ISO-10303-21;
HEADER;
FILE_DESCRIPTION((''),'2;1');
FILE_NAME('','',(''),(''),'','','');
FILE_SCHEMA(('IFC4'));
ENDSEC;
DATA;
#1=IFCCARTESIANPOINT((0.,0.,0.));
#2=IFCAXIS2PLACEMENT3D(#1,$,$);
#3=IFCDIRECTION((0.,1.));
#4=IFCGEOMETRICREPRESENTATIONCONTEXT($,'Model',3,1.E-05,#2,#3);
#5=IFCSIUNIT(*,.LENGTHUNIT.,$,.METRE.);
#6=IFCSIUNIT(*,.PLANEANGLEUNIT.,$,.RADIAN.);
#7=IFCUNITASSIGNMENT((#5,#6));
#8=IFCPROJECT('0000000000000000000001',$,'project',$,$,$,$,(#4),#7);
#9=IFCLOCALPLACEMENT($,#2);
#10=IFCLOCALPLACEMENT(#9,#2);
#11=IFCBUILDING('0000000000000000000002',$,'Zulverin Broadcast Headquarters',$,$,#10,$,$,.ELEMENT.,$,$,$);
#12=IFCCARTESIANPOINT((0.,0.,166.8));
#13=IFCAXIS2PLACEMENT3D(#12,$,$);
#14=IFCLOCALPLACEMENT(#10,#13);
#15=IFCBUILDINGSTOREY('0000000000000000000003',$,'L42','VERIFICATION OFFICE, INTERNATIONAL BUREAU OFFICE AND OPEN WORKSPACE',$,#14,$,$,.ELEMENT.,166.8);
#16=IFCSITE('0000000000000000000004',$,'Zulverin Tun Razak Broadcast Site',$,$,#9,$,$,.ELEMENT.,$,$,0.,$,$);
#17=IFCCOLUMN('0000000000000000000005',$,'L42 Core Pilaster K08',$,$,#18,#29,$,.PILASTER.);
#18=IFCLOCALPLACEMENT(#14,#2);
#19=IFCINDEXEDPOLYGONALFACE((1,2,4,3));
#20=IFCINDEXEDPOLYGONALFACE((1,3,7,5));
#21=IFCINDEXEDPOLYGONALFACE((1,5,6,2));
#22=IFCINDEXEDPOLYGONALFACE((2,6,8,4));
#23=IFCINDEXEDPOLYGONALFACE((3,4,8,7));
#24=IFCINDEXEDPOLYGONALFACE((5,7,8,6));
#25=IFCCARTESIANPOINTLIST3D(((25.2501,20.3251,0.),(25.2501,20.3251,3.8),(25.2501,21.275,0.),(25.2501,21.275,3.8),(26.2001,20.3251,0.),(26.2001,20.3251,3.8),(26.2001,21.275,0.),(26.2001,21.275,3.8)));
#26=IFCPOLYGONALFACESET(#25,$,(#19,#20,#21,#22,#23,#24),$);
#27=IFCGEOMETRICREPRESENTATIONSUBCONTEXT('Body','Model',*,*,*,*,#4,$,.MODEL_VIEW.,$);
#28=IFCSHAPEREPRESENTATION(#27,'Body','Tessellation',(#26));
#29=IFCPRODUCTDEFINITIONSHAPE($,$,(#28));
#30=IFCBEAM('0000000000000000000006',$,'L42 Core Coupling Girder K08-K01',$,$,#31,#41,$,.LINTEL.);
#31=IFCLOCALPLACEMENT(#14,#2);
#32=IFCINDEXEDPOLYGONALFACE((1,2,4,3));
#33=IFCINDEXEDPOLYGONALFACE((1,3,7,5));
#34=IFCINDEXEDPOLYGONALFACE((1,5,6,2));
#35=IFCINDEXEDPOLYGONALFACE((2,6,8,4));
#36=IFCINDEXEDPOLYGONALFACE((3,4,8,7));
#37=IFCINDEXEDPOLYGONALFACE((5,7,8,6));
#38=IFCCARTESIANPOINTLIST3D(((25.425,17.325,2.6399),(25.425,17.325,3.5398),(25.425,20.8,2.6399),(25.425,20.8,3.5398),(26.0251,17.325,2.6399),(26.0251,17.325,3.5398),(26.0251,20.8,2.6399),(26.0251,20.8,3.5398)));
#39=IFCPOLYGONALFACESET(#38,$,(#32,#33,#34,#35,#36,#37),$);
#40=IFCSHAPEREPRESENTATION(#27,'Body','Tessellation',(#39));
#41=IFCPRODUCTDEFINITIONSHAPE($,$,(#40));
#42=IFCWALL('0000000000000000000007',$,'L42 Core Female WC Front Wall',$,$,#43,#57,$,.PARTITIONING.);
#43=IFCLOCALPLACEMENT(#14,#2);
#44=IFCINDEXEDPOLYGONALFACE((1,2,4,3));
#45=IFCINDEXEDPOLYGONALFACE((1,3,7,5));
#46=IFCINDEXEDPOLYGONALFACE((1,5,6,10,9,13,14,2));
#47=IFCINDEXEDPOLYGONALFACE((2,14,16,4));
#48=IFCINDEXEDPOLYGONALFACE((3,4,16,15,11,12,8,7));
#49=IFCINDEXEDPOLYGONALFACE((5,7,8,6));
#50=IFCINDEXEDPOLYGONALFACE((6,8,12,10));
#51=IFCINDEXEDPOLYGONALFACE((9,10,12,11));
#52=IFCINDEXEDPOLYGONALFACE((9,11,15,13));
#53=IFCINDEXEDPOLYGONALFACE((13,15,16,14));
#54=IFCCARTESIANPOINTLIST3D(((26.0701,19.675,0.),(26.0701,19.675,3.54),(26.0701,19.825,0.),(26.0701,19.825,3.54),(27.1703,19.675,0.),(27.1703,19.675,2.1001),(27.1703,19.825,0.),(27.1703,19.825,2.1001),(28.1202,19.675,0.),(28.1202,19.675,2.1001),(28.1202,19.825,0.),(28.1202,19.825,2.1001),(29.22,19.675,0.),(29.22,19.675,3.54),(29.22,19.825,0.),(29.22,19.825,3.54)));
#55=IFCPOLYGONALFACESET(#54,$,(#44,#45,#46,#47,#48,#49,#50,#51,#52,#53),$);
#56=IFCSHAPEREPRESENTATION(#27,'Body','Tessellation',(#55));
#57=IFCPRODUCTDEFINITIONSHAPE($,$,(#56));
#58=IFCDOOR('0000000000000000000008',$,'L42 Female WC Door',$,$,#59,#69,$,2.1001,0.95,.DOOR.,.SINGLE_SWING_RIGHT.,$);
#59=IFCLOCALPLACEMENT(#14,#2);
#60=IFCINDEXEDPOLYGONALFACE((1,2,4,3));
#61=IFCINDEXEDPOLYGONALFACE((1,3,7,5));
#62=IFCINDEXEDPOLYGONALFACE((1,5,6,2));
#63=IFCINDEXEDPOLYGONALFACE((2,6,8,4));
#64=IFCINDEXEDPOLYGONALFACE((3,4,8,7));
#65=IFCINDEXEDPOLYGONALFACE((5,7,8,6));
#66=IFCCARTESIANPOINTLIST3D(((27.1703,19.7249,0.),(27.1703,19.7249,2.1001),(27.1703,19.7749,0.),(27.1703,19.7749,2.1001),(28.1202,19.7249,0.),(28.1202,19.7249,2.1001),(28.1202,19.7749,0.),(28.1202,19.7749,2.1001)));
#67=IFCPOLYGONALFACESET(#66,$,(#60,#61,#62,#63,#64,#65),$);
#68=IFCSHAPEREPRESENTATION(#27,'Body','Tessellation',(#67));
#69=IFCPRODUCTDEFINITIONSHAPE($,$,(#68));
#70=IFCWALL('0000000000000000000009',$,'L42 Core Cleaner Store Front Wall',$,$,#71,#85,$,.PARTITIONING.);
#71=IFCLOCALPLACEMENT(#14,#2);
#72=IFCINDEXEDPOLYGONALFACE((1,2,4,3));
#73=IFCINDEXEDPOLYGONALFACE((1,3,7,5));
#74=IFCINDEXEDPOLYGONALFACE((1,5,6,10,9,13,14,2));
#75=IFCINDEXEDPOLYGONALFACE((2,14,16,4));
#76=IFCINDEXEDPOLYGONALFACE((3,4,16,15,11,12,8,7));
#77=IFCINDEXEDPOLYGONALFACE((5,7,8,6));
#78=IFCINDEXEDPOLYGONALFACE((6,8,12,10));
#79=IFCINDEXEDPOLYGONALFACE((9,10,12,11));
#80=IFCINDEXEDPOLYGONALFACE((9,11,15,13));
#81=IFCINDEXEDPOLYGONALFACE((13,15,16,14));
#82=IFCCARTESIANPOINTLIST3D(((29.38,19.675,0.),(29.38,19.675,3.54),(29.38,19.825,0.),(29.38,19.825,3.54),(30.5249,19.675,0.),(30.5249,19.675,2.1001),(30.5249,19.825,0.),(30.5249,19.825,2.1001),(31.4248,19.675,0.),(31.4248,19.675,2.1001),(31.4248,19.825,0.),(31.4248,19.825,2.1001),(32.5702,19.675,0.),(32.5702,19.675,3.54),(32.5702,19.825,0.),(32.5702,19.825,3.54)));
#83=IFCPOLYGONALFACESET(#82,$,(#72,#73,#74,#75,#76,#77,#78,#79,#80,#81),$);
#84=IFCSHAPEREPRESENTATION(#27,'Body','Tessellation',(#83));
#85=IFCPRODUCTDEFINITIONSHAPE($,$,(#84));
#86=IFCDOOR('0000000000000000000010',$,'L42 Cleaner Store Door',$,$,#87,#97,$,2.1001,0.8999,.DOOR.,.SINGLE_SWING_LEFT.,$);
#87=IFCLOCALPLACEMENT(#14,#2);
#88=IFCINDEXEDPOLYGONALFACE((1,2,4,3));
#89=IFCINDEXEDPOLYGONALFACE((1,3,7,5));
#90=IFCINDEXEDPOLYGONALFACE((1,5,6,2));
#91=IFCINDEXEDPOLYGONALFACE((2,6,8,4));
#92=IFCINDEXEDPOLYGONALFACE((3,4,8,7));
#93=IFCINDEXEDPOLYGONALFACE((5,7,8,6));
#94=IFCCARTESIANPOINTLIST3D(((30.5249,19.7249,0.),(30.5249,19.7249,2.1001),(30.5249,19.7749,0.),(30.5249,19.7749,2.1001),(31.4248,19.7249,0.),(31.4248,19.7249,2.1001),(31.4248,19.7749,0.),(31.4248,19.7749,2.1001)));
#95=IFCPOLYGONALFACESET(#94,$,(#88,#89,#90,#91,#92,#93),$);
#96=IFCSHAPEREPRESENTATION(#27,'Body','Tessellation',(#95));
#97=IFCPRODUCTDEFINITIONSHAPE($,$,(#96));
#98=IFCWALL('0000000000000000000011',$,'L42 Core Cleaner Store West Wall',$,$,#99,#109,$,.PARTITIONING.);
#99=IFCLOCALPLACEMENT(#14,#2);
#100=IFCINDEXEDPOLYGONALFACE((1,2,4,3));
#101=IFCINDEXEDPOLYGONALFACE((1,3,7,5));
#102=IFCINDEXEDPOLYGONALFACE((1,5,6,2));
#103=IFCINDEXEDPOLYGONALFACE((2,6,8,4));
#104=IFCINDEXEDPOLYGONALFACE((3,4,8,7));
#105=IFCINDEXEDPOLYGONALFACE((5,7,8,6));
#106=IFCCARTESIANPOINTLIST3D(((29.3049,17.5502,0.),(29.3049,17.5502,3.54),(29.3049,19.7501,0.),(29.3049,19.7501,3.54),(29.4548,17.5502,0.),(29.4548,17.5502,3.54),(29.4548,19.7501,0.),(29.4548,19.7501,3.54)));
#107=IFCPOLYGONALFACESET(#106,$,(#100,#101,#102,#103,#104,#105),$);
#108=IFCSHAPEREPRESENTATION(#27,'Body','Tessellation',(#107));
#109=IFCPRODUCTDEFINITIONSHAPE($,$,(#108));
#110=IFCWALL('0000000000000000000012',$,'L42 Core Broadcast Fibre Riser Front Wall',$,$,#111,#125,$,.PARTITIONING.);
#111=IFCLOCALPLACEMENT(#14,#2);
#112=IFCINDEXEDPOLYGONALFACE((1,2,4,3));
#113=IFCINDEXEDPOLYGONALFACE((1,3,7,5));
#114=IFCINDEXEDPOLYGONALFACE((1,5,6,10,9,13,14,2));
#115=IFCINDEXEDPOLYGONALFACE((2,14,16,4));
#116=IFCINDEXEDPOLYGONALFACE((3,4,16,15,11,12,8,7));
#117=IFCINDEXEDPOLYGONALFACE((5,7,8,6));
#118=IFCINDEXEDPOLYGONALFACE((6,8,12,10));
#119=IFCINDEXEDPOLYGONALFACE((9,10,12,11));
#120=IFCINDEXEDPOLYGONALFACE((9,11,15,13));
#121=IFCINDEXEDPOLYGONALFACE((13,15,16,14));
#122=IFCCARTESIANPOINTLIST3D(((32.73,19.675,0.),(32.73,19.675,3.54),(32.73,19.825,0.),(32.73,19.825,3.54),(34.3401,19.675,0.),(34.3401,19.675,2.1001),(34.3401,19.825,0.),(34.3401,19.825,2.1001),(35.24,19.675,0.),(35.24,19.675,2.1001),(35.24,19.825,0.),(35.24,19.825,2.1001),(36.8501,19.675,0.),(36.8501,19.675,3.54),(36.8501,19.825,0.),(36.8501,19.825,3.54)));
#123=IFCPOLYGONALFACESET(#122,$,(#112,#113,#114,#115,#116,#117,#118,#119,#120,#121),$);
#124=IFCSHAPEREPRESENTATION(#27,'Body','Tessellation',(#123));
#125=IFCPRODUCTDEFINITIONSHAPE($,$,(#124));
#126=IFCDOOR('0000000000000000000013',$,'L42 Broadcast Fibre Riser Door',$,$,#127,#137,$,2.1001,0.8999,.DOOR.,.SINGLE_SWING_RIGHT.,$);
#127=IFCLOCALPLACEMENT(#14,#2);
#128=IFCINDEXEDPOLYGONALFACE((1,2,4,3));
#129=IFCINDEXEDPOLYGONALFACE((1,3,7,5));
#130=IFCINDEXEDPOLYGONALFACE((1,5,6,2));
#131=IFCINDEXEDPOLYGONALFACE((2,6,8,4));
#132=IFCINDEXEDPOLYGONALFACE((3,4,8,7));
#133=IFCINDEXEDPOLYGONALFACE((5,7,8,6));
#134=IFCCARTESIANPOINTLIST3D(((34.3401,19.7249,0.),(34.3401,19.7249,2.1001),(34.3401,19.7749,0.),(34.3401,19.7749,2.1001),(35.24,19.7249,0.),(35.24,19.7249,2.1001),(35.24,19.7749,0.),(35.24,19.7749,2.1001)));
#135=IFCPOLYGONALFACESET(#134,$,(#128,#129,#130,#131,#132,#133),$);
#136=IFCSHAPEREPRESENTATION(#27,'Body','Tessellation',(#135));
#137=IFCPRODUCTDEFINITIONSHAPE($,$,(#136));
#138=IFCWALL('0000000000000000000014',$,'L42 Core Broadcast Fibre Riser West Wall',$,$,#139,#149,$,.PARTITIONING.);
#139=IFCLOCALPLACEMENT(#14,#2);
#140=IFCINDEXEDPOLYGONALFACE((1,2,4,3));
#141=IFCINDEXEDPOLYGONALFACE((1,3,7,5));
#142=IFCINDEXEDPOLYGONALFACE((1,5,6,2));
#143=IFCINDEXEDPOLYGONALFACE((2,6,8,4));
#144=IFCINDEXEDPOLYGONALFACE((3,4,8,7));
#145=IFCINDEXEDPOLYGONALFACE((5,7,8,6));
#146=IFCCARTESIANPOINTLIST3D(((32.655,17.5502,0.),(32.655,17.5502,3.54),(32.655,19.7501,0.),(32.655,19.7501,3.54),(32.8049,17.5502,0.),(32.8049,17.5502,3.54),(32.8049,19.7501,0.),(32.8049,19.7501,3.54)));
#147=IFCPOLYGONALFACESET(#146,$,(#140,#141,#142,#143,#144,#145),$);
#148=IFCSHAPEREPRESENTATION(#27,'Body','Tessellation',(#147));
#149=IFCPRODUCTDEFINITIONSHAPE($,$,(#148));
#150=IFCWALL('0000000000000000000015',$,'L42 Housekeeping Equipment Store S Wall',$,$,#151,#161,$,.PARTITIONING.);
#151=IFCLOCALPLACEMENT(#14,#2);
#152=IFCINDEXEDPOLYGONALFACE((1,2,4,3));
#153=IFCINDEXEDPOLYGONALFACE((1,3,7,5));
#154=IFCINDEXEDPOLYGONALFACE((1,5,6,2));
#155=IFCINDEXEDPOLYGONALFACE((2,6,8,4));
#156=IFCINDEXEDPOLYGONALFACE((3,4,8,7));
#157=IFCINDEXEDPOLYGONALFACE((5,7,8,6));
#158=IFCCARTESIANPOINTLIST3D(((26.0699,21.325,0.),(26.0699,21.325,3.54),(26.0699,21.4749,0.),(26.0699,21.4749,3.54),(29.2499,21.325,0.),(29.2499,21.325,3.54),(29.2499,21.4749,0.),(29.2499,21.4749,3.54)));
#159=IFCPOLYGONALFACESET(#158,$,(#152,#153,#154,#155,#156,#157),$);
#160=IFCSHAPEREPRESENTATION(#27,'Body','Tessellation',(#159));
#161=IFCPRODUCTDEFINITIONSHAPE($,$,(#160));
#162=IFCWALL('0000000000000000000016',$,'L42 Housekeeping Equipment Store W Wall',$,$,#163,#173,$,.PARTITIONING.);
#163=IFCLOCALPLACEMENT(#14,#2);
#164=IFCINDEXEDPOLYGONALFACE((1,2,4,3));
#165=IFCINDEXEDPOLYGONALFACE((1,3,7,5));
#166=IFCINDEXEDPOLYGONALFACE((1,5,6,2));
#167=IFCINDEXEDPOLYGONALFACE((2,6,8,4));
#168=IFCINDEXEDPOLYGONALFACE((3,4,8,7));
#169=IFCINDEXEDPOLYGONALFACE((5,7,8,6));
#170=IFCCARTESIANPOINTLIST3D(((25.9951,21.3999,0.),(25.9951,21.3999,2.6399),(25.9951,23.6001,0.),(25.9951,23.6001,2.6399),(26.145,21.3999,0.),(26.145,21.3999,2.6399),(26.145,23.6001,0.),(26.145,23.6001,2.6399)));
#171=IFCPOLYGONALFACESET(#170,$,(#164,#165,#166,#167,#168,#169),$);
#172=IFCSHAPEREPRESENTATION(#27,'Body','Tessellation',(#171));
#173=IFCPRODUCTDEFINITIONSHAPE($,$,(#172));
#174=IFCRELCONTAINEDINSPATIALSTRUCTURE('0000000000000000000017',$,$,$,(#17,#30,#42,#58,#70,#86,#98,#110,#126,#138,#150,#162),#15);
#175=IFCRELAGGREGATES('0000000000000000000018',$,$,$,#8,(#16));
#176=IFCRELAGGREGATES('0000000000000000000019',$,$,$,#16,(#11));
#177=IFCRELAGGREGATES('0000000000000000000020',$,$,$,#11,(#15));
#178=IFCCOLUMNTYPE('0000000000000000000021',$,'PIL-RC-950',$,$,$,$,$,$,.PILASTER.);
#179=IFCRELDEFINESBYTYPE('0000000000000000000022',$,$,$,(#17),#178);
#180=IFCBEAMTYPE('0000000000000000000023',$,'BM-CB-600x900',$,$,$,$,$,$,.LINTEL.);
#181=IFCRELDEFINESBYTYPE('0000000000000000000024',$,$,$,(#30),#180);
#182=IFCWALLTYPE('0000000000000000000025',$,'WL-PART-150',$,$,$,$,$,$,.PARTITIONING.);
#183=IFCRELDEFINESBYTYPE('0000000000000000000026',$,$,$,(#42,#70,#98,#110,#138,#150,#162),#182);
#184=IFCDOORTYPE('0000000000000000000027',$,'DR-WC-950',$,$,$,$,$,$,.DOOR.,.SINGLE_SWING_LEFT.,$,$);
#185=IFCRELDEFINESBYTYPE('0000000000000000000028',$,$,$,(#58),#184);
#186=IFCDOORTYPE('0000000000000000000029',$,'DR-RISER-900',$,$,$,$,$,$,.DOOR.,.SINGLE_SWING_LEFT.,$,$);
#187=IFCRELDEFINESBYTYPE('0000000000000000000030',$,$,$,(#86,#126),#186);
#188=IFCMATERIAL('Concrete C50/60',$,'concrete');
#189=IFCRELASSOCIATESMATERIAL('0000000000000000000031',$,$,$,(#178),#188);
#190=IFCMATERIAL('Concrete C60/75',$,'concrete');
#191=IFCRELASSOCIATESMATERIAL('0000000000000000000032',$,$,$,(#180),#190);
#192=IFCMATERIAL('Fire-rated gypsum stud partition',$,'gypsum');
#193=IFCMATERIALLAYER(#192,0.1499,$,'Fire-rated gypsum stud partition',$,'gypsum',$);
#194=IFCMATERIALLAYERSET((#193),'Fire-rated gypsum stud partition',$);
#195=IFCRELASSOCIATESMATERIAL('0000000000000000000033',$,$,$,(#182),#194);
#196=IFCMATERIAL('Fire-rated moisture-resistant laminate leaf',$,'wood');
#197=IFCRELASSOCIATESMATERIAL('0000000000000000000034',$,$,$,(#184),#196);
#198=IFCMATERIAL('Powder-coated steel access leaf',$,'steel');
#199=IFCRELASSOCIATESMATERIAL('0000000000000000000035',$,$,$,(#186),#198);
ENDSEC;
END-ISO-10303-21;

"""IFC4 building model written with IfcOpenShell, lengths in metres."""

from ifc_helpers import new_model, si_unit, direction, frame, frame_2d, origin, origin_2d, place, context, subcontext, project, spatial, rectangle, extrude, material, layer, layer_set, material_profile, profile_set, type_object, element, fill, save


model = new_model("IFC4")

# Units and contexts
model_context = context("Model", 3, precision=1e-05, world=origin(), true_north=direction((0.0, 1.0)))
body_context = subcontext(model_context, "Body", "Model", "MODEL_VIEW")
ifc_project = project(units=[si_unit("LENGTHUNIT", "METRE"), si_unit("PLANEANGLEUNIT", "RADIAN")], contexts=[model_context])

# Site, building, storey
site_placement = place(None, origin())
site = spatial("IfcSite", under=ifc_project, at=site_placement, Name="Zulverin Tun Razak Broadcast Site", CompositionType="ELEMENT", RefElevation=0.0)
building_placement = place(site_placement, origin())
building = spatial("IfcBuilding", under=site, at=building_placement, Name="Zulverin Broadcast Headquarters", CompositionType="ELEMENT")
storey_placement = place(building_placement, frame((0.0, 0.0, 166.8)))
storey = spatial("IfcBuildingStorey", under=building, at=storey_placement, Name="L42", Description="VERIFICATION OFFICE, INTERNATIONAL BUREAU OFFICE AND OPEN WORKSPACE", CompositionType="ELEMENT", Elevation=166.8)

# Column
ifc_material_1 = material(Name="Concrete C50/60", Category="concrete")
ifc_material_profile_1 = material_profile(ifc_material_1, rectangle(XDim=0.95, YDim=0.95, at=origin_2d()), Name="Concrete C50/60", Category="concrete")
ifc_profile_set_1 = profile_set([ifc_material_profile_1], Name="Concrete C50/60")
column_type = type_object("IfcColumnType", Name="PIL-RC-950", PredefinedType="PILASTER", material=ifc_profile_set_1)
column_placement = place(storey_placement, frame((25.7251, 20.8, 0.0), z_axis=(0.0, 0.0, 1.0), x_axis=(1.0, 0.0, 0.0)))
element("IfcColumn", 1, at=column_placement, inside=storey, type_object=column_type, Name="L42 Core Pilaster K08", PredefinedType="PILASTER", context=body_context, shape_type="SweptSolid", body=[
    extrude(rectangle(XDim=0.95, YDim=0.95, at=origin_2d()), origin(), (0.0, 0.0, 1.0), 3.8),
])

# Beam
ifc_material_2 = material(Name="Concrete C60/75", Category="concrete")
ifc_material_profile_2 = material_profile(ifc_material_2, rectangle(XDim=0.6001, YDim=0.8999, at=origin_2d()), Name="Concrete C60/75", Category="concrete")
ifc_profile_set_2 = profile_set([ifc_material_profile_2], Name="Concrete C60/75")
beam_type = type_object("IfcBeamType", Name="BM-CB-600x900", PredefinedType="LINTEL", material=ifc_profile_set_2)
beam_placement = place(storey_placement, frame((25.7251, 20.8, 3.0898), z_axis=(0.0, -1.0, 0.0), x_axis=(1.0, 0.0, 0.0)))
element("IfcBeam", 2, at=beam_placement, inside=storey, type_object=beam_type, Name="L42 Core Coupling Girder K08-K01", PredefinedType="LINTEL", context=body_context, shape_type="SweptSolid", body=[
    extrude(rectangle(XDim=0.6001, YDim=0.8999, at=origin_2d()), origin(), (0.0, 0.0, 1.0), 3.4751),
])

# Walls, openings, doors
ifc_material_3 = material(Name="Fire-rated gypsum stud partition", Category="gypsum")
ifc_layer_1 = layer(ifc_material_3, 0.1499, Name="Fire-rated gypsum stud partition", Category="gypsum")
ifc_layer_set_1 = layer_set([ifc_layer_1], Name="Fire-rated gypsum stud partition")
wall_type_1 = type_object("IfcWallType", Name="WL-PART-150", PredefinedType="PARTITIONING", material=ifc_layer_set_1)
wall_1_placement = place(storey_placement, frame((26.0701, 19.75, 0.0), z_axis=(0.0, 0.0, 1.0), x_axis=(1.0, 0.0, 0.0)))
wall_1 = element("IfcWall", 3, at=wall_1_placement, inside=storey, type_object=wall_type_1, Name="L42 Core Female WC Front Wall", PredefinedType="PARTITIONING", context=body_context, shape_type="SweptSolid", body=[
    extrude(rectangle(XDim=3.1499, YDim=0.1499, at=frame_2d((1.575, 0.0))), origin(), (0.0, 0.0, 1.0), 3.54),
])
opening_1_placement = place(wall_1_placement, frame((1.1001, 0.0, 0.0)))
opening_1 = element("IfcOpeningElement", 4, at=opening_1_placement, cuts=wall_1, PredefinedType="OPENING", context=body_context, shape_type="SweptSolid", body=[
    extrude(rectangle(XDim=0.95, YDim=2.1001, at=frame_2d((0.4751, 1.05))), frame((0.0, 0.085, 0.0), z_axis=(0.0, -1.0, 0.0), x_axis=(1.0, 0.0, 0.0)), (0.0, 0.0, 1.0), 0.1699),
])
ifc_material_4 = material(Name="Fire-rated moisture-resistant laminate leaf", Category="wood")
door_type_1 = type_object("IfcDoorType", Name="DR-WC-950", OperationType="SINGLE_SWING_LEFT", PredefinedType="DOOR", material=ifc_material_4)
door_1_placement = place(opening_1_placement, origin())
door_1 = element("IfcDoor", 5, at=door_1_placement, inside=storey, type_object=door_type_1, Name="L42 Female WC Door", OperationType="SINGLE_SWING_RIGHT", OverallHeight=2.1001, OverallWidth=0.95, PredefinedType="DOOR", context=body_context, shape_type="SweptSolid", body=[
    extrude(rectangle(XDim=0.95, YDim=2.1001, at=frame_2d((0.4751, 1.05))), frame((0.0, 0.0249, 0.0), z_axis=(0.0, -1.0, 0.0), x_axis=(1.0, 0.0, 0.0)), (0.0, 0.0, 1.0), 0.05),
])
fill(opening_1, door_1)
wall_2_placement = place(storey_placement, frame((29.3799, 19.75, 0.0), z_axis=(0.0, 0.0, 1.0), x_axis=(1.0, 0.0, 0.0)))
wall_2 = element("IfcWall", 6, at=wall_2_placement, inside=storey, type_object=wall_type_1, Name="L42 Core Cleaner Store Front Wall", PredefinedType="PARTITIONING", context=body_context, shape_type="SweptSolid", body=[
    extrude(rectangle(XDim=3.1902, YDim=0.1499, at=frame_2d((1.5952, 0.0))), origin(), (0.0, 0.0, 1.0), 3.54),
])
opening_2_placement = place(wall_2_placement, frame((1.145, 0.0, 0.0)))
opening_2 = element("IfcOpeningElement", 7, at=opening_2_placement, cuts=wall_2, PredefinedType="OPENING", context=body_context, shape_type="SweptSolid", body=[
    extrude(rectangle(XDim=0.8999, YDim=2.1001, at=frame_2d((0.45, 1.05))), frame((0.0, 0.085, 0.0), z_axis=(0.0, -1.0, 0.0), x_axis=(1.0, 0.0, 0.0)), (0.0, 0.0, 1.0), 0.1699),
])
ifc_material_5 = material(Name="Powder-coated steel access leaf", Category="steel")
door_type_2 = type_object("IfcDoorType", Name="DR-RISER-900", OperationType="SINGLE_SWING_LEFT", PredefinedType="DOOR", material=ifc_material_5)
door_2_placement = place(opening_2_placement, origin())
door_2 = element("IfcDoor", 8, at=door_2_placement, inside=storey, type_object=door_type_2, Name="L42 Cleaner Store Door", OperationType="SINGLE_SWING_LEFT", OverallHeight=2.1001, OverallWidth=0.8999, PredefinedType="DOOR", context=body_context, shape_type="SweptSolid", body=[
    extrude(rectangle(XDim=0.8999, YDim=2.1001, at=frame_2d((0.45, 1.05))), frame((0.0, 0.0249, 0.0), z_axis=(0.0, -1.0, 0.0), x_axis=(1.0, 0.0, 0.0)), (0.0, 0.0, 1.0), 0.05),
])
fill(opening_2, door_2)

# Wall
wall_3_placement = place(storey_placement, frame((29.3799, 17.55, 0.0), z_axis=(0.0, 0.0, 1.0), x_axis=(0.0, 1.0, 0.0)))
element("IfcWall", 9, at=wall_3_placement, inside=storey, type_object=wall_type_1, Name="L42 Core Cleaner Store West Wall", PredefinedType="PARTITIONING", context=body_context, shape_type="SweptSolid", body=[
    extrude(rectangle(XDim=2.2, YDim=0.1499, at=frame_2d((1.1001, 0.0))), origin(), (0.0, 0.0, 1.0), 3.54),
])

# Wall, opening, door
wall_4_placement = place(storey_placement, frame((32.73, 19.75, 0.0), z_axis=(0.0, 0.0, 1.0), x_axis=(1.0, 0.0, 0.0)))
wall_4 = element("IfcWall", 10, at=wall_4_placement, inside=storey, type_object=wall_type_1, Name="L42 Core Broadcast Fibre Riser Front Wall", PredefinedType="PARTITIONING", context=body_context, shape_type="SweptSolid", body=[
    extrude(rectangle(XDim=4.1201, YDim=0.1499, at=frame_2d((2.0601, 0.0))), origin(), (0.0, 0.0, 1.0), 3.54),
])
opening_3_placement = place(wall_4_placement, frame((1.6101, 0.0, 0.0)))
opening_3 = element("IfcOpeningElement", 11, at=opening_3_placement, cuts=wall_4, PredefinedType="OPENING", context=body_context, shape_type="SweptSolid", body=[
    extrude(rectangle(XDim=0.8999, YDim=2.1001, at=frame_2d((0.45, 1.05))), frame((0.0, 0.085, 0.0), z_axis=(0.0, -1.0, 0.0), x_axis=(1.0, 0.0, 0.0)), (0.0, 0.0, 1.0), 0.1699),
])
door_3_placement = place(opening_3_placement, origin())
door_3 = element("IfcDoor", 12, at=door_3_placement, inside=storey, type_object=door_type_2, Name="L42 Broadcast Fibre Riser Door", OperationType="SINGLE_SWING_RIGHT", OverallHeight=2.1001, OverallWidth=0.8999, PredefinedType="DOOR", context=body_context, shape_type="SweptSolid", body=[
    extrude(rectangle(XDim=0.8999, YDim=2.1001, at=frame_2d((0.45, 1.05))), frame((0.0, 0.0249, 0.0), z_axis=(0.0, -1.0, 0.0), x_axis=(1.0, 0.0, 0.0)), (0.0, 0.0, 1.0), 0.05),
])
fill(opening_3, door_3)

# Walls
wall_5_placement = place(storey_placement, frame((32.73, 17.55, 0.0), z_axis=(0.0, 0.0, 1.0), x_axis=(0.0, 1.0, 0.0)))
element("IfcWall", 13, at=wall_5_placement, inside=storey, type_object=wall_type_1, Name="L42 Core Broadcast Fibre Riser West Wall", PredefinedType="PARTITIONING", context=body_context, shape_type="SweptSolid", body=[
    extrude(rectangle(XDim=2.2, YDim=0.1499, at=frame_2d((1.1001, 0.0))), origin(), (0.0, 0.0, 1.0), 3.54),
])
wall_6_placement = place(storey_placement, frame((26.0701, 21.3999, 0.0), z_axis=(0.0, 0.0, 1.0), x_axis=(1.0, 0.0, 0.0)))
element("IfcWall", 14, at=wall_6_placement, inside=storey, type_object=wall_type_1, Name="L42 Housekeeping Equipment Store S Wall", PredefinedType="PARTITIONING", context=body_context, shape_type="SweptSolid", body=[
    extrude(rectangle(XDim=3.1799, YDim=0.1499, at=frame_2d((1.5898, 0.0))), origin(), (0.0, 0.0, 1.0), 3.54),
])
wall_7_placement = place(storey_placement, frame((26.0701, 21.3999, 0.0), z_axis=(0.0, 0.0, 1.0), x_axis=(0.0, 1.0, 0.0)))
element("IfcWall", 15, at=wall_7_placement, inside=storey, type_object=wall_type_1, Name="L42 Housekeeping Equipment Store W Wall", PredefinedType="PARTITIONING", context=body_context, shape_type="SweptSolid", body=[
    extrude(rectangle(XDim=2.2002, YDim=0.1499, at=frame_2d((1.1001, 0.0))), origin(), (0.0, 0.0, 1.0), 2.6399),
])

save(model, "model.ifc")
